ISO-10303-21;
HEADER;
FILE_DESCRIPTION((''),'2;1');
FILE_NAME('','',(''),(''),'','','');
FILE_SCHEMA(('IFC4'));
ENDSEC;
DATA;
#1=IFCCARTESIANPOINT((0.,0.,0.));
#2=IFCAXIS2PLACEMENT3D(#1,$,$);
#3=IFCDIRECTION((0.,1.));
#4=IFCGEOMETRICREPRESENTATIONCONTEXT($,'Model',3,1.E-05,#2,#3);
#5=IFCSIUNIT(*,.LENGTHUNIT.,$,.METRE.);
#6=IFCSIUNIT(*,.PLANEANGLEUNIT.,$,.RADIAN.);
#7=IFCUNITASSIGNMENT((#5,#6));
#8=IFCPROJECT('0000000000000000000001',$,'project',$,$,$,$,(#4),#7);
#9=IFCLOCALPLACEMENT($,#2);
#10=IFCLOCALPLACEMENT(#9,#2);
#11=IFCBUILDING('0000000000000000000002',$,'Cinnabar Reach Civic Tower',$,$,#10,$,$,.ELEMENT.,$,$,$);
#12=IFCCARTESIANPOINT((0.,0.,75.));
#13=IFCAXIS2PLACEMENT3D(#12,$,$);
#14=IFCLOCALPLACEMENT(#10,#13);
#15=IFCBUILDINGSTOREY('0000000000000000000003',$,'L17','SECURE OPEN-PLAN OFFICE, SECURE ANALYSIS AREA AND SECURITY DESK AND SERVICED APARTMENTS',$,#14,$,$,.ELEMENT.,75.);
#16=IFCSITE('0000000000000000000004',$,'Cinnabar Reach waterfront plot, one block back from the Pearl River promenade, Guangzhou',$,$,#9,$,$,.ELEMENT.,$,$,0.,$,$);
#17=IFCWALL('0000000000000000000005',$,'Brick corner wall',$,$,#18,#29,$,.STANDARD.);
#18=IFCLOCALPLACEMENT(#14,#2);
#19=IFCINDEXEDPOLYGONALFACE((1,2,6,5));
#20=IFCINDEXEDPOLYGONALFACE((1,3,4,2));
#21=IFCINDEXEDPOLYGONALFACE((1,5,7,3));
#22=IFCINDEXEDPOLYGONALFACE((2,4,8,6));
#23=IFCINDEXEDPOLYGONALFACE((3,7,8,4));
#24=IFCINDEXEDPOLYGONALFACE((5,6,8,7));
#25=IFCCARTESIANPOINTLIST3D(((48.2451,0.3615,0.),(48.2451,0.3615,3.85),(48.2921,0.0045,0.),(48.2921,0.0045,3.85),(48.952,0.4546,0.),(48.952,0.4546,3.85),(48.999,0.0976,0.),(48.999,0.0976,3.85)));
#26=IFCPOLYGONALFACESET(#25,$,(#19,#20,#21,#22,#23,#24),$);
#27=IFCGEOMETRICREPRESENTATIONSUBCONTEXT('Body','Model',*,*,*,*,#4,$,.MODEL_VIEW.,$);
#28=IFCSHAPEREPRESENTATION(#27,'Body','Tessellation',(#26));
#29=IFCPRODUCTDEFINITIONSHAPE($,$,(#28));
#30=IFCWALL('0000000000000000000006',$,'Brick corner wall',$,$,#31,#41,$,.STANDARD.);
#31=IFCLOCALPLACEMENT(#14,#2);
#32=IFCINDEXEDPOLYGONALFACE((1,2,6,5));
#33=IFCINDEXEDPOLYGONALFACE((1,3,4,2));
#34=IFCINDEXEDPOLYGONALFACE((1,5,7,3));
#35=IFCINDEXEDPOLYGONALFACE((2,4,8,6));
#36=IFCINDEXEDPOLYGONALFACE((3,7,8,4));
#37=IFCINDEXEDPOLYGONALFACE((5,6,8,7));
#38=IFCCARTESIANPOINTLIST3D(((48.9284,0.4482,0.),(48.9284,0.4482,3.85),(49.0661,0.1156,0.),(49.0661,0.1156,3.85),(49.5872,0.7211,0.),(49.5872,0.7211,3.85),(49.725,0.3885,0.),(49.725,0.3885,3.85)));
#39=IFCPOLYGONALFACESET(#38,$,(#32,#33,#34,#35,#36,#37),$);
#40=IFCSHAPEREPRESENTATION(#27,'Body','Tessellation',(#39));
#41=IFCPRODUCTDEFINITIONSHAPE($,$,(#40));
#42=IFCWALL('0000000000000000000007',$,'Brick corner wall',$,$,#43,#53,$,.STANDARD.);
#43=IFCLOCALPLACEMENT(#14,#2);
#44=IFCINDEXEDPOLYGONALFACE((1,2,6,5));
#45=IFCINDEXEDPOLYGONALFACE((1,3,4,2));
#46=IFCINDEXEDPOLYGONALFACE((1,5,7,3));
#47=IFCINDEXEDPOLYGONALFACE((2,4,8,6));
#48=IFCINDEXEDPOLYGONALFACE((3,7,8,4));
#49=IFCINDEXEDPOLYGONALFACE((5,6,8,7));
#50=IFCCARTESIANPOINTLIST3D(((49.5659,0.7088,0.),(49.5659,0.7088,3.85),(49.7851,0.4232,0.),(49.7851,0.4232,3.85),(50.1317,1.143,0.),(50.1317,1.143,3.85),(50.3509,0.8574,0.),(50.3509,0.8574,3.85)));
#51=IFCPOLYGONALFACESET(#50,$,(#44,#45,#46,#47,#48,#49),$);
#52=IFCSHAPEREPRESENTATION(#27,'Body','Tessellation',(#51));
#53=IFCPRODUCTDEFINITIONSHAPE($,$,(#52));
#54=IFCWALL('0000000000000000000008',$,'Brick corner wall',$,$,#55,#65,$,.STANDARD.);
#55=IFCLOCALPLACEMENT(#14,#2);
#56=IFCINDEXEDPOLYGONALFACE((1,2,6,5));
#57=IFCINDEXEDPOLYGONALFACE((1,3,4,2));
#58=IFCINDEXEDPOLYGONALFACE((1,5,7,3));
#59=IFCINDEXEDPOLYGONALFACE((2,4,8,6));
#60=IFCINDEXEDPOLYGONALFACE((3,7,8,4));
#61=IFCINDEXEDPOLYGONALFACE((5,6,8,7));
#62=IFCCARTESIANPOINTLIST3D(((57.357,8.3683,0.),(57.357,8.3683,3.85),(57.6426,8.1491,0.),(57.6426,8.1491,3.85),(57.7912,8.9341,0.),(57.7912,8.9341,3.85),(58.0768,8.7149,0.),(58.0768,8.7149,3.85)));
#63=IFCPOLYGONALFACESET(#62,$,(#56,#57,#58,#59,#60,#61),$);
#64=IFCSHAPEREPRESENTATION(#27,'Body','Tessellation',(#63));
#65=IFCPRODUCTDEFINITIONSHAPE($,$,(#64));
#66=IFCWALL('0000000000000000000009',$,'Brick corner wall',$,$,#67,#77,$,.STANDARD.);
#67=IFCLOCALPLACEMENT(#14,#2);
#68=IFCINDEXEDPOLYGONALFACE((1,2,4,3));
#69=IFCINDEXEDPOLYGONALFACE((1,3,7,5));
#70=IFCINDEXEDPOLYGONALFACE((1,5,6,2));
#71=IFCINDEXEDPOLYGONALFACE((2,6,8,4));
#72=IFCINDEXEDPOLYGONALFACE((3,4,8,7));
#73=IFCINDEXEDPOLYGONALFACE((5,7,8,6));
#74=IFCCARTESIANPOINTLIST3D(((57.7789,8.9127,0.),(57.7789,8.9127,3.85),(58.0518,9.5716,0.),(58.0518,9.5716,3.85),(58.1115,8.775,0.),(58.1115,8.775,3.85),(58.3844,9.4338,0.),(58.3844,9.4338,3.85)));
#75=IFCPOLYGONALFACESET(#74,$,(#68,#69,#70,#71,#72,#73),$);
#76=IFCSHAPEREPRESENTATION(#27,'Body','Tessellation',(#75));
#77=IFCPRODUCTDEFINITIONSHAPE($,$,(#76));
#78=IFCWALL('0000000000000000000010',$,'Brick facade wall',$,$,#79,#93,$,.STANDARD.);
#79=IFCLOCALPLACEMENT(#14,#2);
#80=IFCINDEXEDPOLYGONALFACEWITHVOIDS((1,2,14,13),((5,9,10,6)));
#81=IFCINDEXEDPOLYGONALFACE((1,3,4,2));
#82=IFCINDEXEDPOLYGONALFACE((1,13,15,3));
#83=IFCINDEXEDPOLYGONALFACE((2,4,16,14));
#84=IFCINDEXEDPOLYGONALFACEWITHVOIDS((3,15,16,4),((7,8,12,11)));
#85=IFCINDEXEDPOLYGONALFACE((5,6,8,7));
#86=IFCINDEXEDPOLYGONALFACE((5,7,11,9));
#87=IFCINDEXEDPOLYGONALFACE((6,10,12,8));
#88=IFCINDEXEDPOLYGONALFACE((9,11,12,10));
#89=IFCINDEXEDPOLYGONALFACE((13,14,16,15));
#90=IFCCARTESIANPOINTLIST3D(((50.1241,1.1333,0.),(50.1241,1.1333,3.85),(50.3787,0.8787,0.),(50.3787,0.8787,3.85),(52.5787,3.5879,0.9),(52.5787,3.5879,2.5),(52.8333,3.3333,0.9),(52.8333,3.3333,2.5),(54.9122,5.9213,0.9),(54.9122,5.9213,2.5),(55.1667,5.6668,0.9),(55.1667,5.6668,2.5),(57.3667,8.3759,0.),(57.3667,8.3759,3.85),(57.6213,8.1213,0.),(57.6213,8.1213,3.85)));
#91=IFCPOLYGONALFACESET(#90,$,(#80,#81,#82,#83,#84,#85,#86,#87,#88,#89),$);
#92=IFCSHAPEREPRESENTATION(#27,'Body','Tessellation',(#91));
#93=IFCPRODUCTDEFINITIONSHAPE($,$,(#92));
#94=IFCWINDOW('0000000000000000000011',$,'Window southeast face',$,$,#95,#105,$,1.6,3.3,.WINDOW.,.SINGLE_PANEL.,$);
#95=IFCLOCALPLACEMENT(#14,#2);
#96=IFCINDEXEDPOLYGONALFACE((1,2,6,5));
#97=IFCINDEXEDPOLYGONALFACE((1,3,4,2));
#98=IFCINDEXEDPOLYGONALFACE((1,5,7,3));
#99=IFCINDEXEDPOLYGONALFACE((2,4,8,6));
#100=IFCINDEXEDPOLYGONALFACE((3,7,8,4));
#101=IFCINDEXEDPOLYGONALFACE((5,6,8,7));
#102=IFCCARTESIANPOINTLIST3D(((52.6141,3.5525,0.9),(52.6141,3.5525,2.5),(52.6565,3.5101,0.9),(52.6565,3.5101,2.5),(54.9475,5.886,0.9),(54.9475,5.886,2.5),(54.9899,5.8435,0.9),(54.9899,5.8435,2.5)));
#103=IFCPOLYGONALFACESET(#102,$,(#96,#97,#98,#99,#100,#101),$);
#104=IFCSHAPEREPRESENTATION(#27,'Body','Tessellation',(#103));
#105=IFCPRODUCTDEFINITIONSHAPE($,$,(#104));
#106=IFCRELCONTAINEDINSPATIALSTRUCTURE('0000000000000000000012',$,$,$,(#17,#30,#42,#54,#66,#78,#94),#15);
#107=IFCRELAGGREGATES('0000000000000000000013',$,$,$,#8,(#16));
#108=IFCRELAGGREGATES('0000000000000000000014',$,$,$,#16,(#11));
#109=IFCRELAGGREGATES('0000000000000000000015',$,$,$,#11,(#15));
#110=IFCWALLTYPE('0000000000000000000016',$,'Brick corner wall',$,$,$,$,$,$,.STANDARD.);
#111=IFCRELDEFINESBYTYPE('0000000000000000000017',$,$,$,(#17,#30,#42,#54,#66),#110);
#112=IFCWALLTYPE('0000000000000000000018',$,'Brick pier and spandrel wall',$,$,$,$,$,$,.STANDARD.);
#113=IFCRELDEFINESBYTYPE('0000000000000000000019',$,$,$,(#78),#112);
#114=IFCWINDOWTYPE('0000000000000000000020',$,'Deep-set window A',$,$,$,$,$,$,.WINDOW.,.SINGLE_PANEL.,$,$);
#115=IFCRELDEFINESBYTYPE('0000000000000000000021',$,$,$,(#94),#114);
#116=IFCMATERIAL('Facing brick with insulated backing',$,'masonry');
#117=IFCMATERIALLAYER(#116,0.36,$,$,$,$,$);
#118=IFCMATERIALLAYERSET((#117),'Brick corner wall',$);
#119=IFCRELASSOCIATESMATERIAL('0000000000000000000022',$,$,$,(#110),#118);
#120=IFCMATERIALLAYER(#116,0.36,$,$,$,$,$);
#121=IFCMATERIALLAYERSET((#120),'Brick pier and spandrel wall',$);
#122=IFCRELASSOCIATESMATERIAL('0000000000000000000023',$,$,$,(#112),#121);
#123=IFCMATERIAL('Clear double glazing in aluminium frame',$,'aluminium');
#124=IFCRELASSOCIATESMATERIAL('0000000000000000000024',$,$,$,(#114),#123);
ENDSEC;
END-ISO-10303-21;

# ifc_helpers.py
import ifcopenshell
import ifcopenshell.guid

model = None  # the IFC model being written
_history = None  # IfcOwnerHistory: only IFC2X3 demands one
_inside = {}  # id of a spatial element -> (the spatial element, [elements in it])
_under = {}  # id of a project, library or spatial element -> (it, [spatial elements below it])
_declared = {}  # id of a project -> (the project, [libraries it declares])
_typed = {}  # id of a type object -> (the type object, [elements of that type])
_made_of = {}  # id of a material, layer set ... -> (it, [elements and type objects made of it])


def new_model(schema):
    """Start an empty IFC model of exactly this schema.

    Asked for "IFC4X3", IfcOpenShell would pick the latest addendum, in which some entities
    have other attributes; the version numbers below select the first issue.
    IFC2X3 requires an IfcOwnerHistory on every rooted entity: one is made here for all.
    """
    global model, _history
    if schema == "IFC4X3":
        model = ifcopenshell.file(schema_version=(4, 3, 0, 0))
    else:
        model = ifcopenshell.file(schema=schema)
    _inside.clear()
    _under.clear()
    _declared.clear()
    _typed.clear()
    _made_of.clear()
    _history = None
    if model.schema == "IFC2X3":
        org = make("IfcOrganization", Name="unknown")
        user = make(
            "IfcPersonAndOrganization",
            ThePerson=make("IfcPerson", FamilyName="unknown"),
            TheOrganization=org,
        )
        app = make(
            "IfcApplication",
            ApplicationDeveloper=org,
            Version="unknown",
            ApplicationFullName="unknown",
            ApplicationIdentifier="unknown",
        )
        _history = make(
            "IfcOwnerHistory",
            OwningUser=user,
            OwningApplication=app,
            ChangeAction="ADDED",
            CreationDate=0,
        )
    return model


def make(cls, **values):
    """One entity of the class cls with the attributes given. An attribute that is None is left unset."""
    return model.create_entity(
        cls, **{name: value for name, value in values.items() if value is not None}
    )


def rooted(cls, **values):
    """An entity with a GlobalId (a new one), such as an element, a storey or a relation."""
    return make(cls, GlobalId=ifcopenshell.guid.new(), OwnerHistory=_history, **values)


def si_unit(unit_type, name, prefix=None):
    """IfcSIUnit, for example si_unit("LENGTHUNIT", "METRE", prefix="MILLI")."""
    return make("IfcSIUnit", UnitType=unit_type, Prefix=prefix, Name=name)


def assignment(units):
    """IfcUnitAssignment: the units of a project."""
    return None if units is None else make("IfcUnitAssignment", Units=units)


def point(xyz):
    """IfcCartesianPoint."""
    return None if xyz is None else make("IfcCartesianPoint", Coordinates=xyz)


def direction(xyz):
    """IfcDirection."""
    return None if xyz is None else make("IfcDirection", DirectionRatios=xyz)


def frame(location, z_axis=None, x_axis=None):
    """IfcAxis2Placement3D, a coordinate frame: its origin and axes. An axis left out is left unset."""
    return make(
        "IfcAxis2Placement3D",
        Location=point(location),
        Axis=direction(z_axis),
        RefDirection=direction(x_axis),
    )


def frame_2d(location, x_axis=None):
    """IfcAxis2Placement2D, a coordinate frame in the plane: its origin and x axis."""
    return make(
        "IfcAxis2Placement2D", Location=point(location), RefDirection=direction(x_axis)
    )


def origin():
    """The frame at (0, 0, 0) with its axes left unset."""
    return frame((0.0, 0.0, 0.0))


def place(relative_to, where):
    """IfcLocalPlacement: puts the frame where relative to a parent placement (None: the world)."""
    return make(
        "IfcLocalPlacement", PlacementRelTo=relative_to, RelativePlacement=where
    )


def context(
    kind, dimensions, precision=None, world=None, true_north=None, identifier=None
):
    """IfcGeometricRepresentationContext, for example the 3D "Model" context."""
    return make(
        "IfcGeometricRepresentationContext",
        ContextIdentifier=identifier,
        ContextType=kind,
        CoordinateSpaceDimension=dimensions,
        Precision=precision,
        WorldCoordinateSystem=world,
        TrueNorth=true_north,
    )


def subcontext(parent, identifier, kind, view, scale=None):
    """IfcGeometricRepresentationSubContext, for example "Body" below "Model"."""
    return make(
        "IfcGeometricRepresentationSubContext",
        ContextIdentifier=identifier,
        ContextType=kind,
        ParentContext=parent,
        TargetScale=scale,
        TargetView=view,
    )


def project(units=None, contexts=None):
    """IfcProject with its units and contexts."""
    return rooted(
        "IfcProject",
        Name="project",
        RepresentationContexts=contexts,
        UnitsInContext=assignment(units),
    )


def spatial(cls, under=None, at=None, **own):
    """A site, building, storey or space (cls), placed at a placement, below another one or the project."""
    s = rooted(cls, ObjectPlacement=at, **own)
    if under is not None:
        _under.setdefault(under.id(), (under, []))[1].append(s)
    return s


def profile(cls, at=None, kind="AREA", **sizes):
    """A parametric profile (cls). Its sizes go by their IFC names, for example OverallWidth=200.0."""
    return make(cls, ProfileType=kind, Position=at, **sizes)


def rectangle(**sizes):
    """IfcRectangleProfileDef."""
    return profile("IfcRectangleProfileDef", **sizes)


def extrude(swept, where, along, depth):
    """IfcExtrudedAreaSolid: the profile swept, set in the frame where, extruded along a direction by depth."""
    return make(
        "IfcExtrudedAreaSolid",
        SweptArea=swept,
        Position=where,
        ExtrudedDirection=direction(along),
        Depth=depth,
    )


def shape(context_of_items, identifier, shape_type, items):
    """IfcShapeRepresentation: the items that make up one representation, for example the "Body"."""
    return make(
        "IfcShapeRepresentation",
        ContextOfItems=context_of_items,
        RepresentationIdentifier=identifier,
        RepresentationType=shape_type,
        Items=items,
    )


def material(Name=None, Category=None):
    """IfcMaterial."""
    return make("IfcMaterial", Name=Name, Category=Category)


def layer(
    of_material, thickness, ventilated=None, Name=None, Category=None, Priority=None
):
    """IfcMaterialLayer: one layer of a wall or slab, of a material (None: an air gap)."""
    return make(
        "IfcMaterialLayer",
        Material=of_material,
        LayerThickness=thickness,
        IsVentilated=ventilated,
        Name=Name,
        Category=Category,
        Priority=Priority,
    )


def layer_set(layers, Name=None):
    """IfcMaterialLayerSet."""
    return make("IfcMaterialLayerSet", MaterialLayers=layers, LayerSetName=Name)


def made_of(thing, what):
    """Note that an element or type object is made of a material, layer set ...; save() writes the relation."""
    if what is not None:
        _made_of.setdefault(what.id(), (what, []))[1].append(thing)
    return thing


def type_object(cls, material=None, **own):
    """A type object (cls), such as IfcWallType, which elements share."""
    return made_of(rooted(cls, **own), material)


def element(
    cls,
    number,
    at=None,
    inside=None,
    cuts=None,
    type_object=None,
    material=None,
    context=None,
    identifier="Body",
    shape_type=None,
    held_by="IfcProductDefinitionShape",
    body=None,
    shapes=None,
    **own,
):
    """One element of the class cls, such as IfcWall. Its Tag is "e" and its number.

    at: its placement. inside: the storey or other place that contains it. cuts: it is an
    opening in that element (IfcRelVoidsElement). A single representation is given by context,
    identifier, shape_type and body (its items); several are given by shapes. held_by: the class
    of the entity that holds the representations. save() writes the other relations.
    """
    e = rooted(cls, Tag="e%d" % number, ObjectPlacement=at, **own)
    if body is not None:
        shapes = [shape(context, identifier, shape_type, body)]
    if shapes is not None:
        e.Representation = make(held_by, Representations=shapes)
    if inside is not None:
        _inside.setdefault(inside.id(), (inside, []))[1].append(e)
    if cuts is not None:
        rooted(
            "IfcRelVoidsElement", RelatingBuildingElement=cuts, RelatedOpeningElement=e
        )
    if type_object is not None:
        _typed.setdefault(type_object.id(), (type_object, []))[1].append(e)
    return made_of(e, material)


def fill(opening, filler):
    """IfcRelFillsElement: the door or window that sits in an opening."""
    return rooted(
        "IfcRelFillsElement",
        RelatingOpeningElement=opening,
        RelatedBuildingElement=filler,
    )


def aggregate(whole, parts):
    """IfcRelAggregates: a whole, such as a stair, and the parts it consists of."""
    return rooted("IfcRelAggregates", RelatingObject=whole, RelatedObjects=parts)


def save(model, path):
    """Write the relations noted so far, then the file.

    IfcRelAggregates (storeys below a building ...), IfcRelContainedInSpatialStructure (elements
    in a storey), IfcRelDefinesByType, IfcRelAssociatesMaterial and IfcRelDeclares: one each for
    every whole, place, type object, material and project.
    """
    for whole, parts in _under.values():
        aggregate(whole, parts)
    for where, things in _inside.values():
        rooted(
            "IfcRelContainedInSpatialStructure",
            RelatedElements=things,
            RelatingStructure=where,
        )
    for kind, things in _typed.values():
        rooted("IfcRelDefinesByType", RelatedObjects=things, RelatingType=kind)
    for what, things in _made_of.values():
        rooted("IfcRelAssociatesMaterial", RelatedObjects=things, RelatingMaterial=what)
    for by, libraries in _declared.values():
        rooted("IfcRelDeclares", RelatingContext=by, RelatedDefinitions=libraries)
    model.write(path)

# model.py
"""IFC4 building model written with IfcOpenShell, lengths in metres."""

from ifc_helpers import new_model, si_unit, direction, frame, frame_2d, origin, place, context, subcontext, project, spatial, rectangle, extrude, material, layer, layer_set, type_object, element, fill, save


model = new_model("IFC4")

# Units and contexts
model_context = context("Model", 3, precision=1e-05, world=origin(), true_north=direction((0.0, 1.0)))
body_context = subcontext(model_context, "Body", "Model", "MODEL_VIEW")
ifc_project = project(units=[si_unit("LENGTHUNIT", "METRE"), si_unit("PLANEANGLEUNIT", "RADIAN")], contexts=[model_context])

# Site, building, storey
site_placement = place(None, origin())
site = spatial("IfcSite", under=ifc_project, at=site_placement, Name="Cinnabar Reach waterfront plot, one block back from the Pearl River promenade, Guangzhou", CompositionType="ELEMENT", RefElevation=0.0)
building_placement = place(site_placement, origin())
building = spatial("IfcBuilding", under=site, at=building_placement, Name="Cinnabar Reach Civic Tower", CompositionType="ELEMENT")
storey_placement = place(building_placement, frame((0.0, 0.0, 75.0)))
storey = spatial("IfcBuildingStorey", under=building, at=storey_placement, Name="L17", Description="SECURE OPEN-PLAN OFFICE, SECURE ANALYSIS AREA AND SECURITY DESK AND SERVICED APARTMENTS", CompositionType="ELEMENT", Elevation=75.0)

# Walls
ifc_material_1 = material(Name="Facing brick with insulated backing", Category="masonry")
ifc_layer_1 = layer(ifc_material_1, 0.36)
ifc_layer_set_1 = layer_set([ifc_layer_1], Name="Brick corner wall")
wall_type_1 = type_object("IfcWallType", Name="Brick corner wall", PredefinedType="STANDARD", material=ifc_layer_set_1)
for number, where, z_axis, x_axis, name in (
    (1, (48.2686, 0.183, 0.0), (0.0, 0.0, 1.0), (0.991441, 0.130556, 0.0), "Brick corner wall"),
    (2, (48.9973, 0.2819, 0.0), (0.0, 0.0, 1.0), (0.923872, 0.382703, 0.0), "Brick corner wall"),
):
    element("IfcWall", number, at=place(storey_placement, frame(where, z_axis=z_axis, x_axis=x_axis)), inside=storey, type_object=wall_type_1, Name=name, PredefinedType="STANDARD", context=body_context, shape_type="SweptSolid", body=[
        extrude(rectangle(XDim=0.7131, YDim=0.36, at=frame_2d((0.3565, 0.0))), origin(), (0.0, 0.0, 1.0), 3.85),
    ])
for number, where, z_axis, x_axis, name in (
    (3, (49.6755, 0.566, 0.0), (0.0, 0.0, 1.0), (0.793322, 0.608802, 0.0), "Brick corner wall"),
    (4, (57.4998, 8.2587, 0.0), (0.0, 0.0, 1.0), (0.608802, 0.793322, 0.0), "Brick corner wall"),
):
    element("IfcWall", number, at=place(storey_placement, frame(where, z_axis=z_axis, x_axis=x_axis)), inside=storey, type_object=wall_type_1, Name=name, PredefinedType="STANDARD", context=body_context, shape_type="SweptSolid", body=[
        extrude(rectangle(XDim=0.7132, YDim=0.36, at=frame_2d((0.3566, 0.0))), origin(), (0.0, 0.0, 1.0), 3.85),
    ])
wall_1_placement = place(storey_placement, frame((57.9452, 8.8439, 0.0), z_axis=(0.0, 0.0, 1.0), x_axis=(0.382703, 0.923872, 0.0)))
element("IfcWall", 5, at=wall_1_placement, inside=storey, type_object=wall_type_1, Name="Brick corner wall", PredefinedType="STANDARD", context=body_context, shape_type="SweptSolid", body=[
    extrude(rectangle(XDim=0.7131, YDim=0.36, at=frame_2d((0.3565, 0.0))), origin(), (0.0, 0.0, 1.0), 3.85),
])

# Wall, opening, window
ifc_layer_2 = layer(ifc_material_1, 0.36)
ifc_layer_set_2 = layer_set([ifc_layer_2], Name="Brick pier and spandrel wall")
wall_type_2 = type_object("IfcWallType", Name="Brick pier and spandrel wall", PredefinedType="STANDARD", material=ifc_layer_set_2)
wall_2_placement = place(storey_placement, frame((50.2514, 1.006, 0.0), z_axis=(0.0, 0.0, 1.0), x_axis=(0.707107, 0.707107, 0.0)))
wall_2 = element("IfcWall", 6, at=wall_2_placement, inside=storey, type_object=wall_type_2, Name="Brick facade wall", PredefinedType="STANDARD", context=body_context, shape_type="SweptSolid", body=[
    extrude(rectangle(XDim=10.2426, YDim=0.36, at=frame_2d((5.1213, 0.0))), origin(), (0.0, 0.0, 1.0), 3.85),
])
opening_placement = place(wall_2_placement, frame((3.4713, 0.0, 0.9)))
opening = element("IfcOpeningElement", 7, at=opening_placement, cuts=wall_2, PredefinedType="OPENING", context=body_context, shape_type="SweptSolid", body=[
    extrude(rectangle(XDim=3.3, YDim=1.6, at=frame_2d((1.65, 0.8))), frame((0.0, 0.19, 0.0), z_axis=(0.0, -1.0, 0.0), x_axis=(1.0, 0.0, 0.0)), (0.0, 0.0, 1.0), 0.38),
])
ifc_material_2 = material(Name="Clear double glazing in aluminium frame", Category="aluminium")
window_type = type_object("IfcWindowType", Name="Deep-set window A", PartitioningType="SINGLE_PANEL", PredefinedType="WINDOW", material=ifc_material_2)
window_placement = place(opening_placement, origin())
window = element("IfcWindow", 8, at=window_placement, inside=storey, type_object=window_type, Name="Window southeast face", OverallHeight=1.6, OverallWidth=3.3, PartitioningType="SINGLE_PANEL", PredefinedType="WINDOW", context=body_context, shape_type="SweptSolid", body=[
    extrude(rectangle(XDim=3.3, YDim=1.6, at=frame_2d((1.65, 0.8))), frame((0.0, 0.13, 0.0), z_axis=(0.0, -1.0, 0.0), x_axis=(1.0, 0.0, 0.0)), (0.0, 0.0, 1.0), 0.06),
])
fill(opening, window)

save(model, "model.ifc")
